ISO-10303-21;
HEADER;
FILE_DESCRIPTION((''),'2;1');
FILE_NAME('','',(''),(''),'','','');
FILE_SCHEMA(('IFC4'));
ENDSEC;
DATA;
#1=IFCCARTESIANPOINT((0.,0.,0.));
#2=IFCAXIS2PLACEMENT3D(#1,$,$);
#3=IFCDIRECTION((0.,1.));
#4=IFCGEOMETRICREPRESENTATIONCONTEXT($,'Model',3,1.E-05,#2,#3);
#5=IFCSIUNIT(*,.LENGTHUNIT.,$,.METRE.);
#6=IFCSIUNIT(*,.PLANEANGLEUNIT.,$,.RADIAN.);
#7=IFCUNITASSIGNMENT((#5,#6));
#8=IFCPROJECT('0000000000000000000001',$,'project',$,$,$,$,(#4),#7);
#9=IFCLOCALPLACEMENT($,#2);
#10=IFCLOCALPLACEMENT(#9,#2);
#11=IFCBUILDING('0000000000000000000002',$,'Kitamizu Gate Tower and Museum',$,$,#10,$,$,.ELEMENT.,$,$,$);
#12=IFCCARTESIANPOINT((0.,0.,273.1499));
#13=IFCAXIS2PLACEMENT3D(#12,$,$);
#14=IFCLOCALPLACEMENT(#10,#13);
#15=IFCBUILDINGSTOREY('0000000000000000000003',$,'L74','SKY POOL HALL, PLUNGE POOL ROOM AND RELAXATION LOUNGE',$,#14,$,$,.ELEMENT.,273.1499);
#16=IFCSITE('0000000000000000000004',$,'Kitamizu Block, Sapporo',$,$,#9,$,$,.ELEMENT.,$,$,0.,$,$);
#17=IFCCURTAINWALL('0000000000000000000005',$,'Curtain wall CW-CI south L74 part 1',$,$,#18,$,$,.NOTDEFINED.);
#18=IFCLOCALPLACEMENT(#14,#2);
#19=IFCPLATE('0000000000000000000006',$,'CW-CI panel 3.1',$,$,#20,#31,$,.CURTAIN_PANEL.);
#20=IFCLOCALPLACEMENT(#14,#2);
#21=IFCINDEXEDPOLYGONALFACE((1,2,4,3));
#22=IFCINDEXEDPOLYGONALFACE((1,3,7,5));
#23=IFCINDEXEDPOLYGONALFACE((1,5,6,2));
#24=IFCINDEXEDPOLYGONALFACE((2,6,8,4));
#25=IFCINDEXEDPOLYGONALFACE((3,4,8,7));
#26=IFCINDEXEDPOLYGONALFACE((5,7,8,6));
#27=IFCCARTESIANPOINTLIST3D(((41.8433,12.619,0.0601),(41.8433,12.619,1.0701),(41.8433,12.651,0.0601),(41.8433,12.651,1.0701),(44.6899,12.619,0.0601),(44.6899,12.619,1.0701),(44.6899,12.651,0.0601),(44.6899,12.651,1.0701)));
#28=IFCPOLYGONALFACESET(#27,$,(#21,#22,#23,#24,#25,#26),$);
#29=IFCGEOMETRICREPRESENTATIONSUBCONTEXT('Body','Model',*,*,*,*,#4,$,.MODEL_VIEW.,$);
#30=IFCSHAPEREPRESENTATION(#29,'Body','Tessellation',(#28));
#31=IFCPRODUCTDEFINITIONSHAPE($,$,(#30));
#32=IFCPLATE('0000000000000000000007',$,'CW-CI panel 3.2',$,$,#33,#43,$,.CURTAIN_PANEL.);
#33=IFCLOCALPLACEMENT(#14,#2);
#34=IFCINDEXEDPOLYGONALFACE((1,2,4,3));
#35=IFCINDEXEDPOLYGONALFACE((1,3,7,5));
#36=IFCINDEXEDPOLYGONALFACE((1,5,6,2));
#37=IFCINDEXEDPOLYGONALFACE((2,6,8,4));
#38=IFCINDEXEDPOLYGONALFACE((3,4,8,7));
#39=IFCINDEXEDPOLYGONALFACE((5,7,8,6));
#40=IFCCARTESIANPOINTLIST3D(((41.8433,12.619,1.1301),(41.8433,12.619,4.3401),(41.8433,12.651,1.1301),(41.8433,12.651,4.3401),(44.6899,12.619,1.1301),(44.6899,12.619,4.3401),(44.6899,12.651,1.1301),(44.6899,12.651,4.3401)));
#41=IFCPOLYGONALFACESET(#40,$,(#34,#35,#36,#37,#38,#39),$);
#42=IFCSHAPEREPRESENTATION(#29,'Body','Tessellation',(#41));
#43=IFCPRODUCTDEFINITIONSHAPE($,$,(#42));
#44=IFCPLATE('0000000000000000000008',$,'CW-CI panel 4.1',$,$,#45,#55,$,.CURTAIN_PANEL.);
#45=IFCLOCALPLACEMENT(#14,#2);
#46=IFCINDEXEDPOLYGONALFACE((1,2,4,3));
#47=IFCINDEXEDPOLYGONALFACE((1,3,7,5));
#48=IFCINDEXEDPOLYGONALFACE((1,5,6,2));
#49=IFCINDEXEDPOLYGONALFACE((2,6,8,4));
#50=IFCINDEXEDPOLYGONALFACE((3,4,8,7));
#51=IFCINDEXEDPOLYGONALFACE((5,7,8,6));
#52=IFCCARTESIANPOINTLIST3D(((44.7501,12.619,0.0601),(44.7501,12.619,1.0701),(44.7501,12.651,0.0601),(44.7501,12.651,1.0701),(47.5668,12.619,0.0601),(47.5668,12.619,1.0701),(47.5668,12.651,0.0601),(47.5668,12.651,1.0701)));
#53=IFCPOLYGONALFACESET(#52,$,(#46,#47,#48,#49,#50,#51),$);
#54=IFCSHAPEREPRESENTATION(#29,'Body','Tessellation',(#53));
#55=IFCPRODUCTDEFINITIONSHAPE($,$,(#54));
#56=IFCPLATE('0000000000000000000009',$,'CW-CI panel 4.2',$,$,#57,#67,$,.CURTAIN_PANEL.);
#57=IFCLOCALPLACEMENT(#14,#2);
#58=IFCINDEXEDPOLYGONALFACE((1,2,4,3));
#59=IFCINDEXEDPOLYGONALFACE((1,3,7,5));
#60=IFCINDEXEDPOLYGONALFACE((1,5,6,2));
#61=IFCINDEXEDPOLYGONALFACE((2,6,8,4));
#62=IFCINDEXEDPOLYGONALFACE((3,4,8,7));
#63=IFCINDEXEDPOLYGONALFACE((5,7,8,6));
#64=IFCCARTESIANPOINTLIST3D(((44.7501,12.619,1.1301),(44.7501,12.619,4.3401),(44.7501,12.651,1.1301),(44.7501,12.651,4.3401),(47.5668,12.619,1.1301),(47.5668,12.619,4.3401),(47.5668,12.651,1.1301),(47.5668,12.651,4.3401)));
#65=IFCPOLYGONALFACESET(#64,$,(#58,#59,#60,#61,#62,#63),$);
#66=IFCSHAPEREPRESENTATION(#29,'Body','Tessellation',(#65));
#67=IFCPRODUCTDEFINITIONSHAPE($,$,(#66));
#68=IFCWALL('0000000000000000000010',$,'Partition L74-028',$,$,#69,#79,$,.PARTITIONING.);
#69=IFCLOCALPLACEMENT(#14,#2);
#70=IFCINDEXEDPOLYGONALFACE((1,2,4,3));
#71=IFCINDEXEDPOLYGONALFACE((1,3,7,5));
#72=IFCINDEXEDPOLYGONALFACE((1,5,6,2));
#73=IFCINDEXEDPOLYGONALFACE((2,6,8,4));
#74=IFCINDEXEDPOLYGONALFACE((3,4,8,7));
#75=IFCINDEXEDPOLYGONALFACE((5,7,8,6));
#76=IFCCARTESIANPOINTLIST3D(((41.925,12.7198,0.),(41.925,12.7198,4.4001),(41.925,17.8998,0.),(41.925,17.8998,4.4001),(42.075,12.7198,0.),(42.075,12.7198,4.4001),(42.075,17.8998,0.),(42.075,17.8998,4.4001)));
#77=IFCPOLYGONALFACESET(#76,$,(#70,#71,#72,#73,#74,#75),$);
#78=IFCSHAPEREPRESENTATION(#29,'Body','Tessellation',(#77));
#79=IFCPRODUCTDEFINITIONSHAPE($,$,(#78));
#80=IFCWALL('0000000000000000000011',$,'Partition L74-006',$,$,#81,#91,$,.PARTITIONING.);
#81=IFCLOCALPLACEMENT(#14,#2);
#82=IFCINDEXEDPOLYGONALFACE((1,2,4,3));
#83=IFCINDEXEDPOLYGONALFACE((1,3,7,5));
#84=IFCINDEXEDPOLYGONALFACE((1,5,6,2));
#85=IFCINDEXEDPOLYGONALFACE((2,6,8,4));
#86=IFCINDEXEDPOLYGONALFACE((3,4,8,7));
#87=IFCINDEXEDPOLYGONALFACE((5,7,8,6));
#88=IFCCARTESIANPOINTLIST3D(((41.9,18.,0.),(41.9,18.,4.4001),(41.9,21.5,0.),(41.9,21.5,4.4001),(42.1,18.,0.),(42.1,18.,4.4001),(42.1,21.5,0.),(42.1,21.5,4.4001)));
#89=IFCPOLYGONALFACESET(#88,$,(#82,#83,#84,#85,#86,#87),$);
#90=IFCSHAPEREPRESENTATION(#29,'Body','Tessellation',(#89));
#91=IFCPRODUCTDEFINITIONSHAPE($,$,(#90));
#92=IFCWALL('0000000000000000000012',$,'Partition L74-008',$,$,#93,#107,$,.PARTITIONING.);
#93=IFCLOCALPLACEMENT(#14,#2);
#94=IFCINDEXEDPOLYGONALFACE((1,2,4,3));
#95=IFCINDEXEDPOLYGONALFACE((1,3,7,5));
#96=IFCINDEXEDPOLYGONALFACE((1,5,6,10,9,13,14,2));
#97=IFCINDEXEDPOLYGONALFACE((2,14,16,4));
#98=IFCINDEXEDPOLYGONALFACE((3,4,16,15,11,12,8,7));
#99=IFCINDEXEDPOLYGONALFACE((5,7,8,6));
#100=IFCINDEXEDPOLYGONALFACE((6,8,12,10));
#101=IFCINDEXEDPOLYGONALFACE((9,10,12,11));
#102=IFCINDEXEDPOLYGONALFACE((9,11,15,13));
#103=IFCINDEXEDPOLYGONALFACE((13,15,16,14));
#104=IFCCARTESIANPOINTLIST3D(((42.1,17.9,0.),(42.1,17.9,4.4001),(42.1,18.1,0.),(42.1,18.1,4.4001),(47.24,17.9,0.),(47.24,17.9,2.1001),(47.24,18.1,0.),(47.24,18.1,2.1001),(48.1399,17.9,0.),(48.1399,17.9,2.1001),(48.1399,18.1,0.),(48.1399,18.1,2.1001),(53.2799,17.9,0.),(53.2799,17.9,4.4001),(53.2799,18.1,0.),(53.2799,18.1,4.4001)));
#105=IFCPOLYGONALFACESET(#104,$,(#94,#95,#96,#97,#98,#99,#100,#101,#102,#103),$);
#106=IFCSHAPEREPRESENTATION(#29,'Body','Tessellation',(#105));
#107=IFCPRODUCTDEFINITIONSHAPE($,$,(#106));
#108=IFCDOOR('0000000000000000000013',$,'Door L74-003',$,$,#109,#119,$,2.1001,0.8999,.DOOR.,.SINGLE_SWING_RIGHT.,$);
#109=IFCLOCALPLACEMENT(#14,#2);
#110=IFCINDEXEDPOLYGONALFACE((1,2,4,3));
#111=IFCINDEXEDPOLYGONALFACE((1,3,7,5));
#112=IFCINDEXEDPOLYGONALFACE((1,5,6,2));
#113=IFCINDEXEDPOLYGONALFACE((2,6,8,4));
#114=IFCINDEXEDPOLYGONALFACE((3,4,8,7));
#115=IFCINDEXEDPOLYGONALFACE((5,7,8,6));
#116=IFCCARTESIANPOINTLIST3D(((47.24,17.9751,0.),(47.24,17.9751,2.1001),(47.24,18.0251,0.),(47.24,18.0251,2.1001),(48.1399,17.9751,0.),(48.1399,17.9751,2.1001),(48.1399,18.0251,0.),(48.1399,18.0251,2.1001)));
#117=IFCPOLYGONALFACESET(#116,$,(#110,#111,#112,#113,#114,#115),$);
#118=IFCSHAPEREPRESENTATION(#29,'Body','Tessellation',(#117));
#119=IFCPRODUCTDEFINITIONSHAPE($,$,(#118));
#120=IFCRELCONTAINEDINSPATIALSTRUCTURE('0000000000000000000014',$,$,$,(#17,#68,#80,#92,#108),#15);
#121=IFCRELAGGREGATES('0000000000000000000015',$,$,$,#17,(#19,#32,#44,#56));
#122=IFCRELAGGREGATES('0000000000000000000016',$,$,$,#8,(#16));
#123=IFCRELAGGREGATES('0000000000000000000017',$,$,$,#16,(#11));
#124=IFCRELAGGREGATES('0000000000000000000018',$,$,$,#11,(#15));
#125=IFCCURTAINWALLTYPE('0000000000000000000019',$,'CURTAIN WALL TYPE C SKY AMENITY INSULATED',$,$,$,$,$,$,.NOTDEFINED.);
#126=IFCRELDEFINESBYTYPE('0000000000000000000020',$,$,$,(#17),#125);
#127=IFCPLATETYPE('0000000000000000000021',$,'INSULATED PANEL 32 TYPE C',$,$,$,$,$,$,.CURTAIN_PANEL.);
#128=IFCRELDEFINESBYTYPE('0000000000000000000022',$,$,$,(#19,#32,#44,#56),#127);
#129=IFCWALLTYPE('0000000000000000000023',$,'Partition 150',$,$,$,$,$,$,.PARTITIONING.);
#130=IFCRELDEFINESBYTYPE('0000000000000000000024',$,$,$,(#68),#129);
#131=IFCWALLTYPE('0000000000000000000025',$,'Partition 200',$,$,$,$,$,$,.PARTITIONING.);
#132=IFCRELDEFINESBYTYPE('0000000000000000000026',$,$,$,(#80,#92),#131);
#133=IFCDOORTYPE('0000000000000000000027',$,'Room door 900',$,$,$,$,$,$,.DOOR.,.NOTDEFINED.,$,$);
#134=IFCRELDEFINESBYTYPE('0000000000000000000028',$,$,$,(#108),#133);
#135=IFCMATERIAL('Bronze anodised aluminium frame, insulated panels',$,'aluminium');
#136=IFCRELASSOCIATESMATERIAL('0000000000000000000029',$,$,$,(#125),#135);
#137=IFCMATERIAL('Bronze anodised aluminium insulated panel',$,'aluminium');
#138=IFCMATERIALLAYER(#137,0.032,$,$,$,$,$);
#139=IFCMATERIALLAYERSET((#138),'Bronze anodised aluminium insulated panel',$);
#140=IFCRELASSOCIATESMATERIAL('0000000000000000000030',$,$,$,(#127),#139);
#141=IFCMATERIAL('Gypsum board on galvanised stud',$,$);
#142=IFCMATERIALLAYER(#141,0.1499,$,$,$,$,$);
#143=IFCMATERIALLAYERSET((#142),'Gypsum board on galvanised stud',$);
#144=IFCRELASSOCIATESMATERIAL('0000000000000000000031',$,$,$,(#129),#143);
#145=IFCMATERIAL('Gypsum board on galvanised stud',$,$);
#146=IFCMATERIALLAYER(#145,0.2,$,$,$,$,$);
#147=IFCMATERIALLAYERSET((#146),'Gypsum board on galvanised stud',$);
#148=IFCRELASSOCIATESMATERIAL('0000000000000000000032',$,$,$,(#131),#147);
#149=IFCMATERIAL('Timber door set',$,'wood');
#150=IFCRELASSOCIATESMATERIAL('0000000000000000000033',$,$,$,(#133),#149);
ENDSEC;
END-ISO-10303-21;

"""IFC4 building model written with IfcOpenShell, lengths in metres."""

from ifc_helpers import new_model, si_unit, direction, frame, frame_2d, origin, origin_2d, place, context, subcontext, project, spatial, rectangle, extrude, material, layer, layer_set, type_object, element, fill, aggregate, save


model = new_model("IFC4")

# Units and contexts
model_context = context("Model", 3, precision=1e-05, world=origin(), true_north=direction((0.0, 1.0)))
body_context = subcontext(model_context, "Body", "Model", "MODEL_VIEW")
ifc_project = project(units=[si_unit("LENGTHUNIT", "METRE"), si_unit("PLANEANGLEUNIT", "RADIAN")], contexts=[model_context])

# Site, building, storey
site_placement = place(None, origin())
site = spatial("IfcSite", under=ifc_project, at=site_placement, Name="Kitamizu Block, Sapporo", CompositionType="ELEMENT", RefElevation=0.0)
building_placement = place(site_placement, origin())
building = spatial("IfcBuilding", under=site, at=building_placement, Name="Kitamizu Gate Tower and Museum", CompositionType="ELEMENT")
storey_placement = place(building_placement, frame((0.0, 0.0, 273.1499)))
storey = spatial("IfcBuildingStorey", under=building, at=storey_placement, Name="L74", Description="SKY POOL HALL, PLUNGE POOL ROOM AND RELAXATION LOUNGE", CompositionType="ELEMENT", Elevation=273.1499)

# Curtain wall
ifc_material_1 = material(Name="Bronze anodised aluminium frame, insulated panels", Category="aluminium")
curtain_wall_type_1 = type_object("IfcCurtainWallType", Name="CURTAIN WALL TYPE C SKY AMENITY INSULATED", PredefinedType="NOTDEFINED", material=ifc_material_1)
curtain_wall_1_placement = place(storey_placement, origin())
curtain_wall_1 = element("IfcCurtainWall", 1, at=curtain_wall_1_placement, inside=storey, type_object=curtain_wall_type_1, Name="Curtain wall CW-CI south L74 part 1", PredefinedType="NOTDEFINED")

# Plates
ifc_material_2 = material(Name="Bronze anodised aluminium insulated panel", Category="aluminium")
ifc_layer_1 = layer(ifc_material_2, 0.032)
ifc_layer_set_1 = layer_set([ifc_layer_1], Name="Bronze anodised aluminium insulated panel")
plate_type = type_object("IfcPlateType", Name="INSULATED PANEL 32 TYPE C", PredefinedType="CURTAIN_PANEL", material=ifc_layer_set_1)
plate_1_placement = place(storey_placement, frame((43.2666, 12.635, 0.0601), z_axis=(0.0, 0.0, 1.0), x_axis=(1.0, 0.0, 0.0)))
plate_1 = element("IfcPlate", 2, at=plate_1_placement, type_object=plate_type, Name="CW-CI panel 3.1", PredefinedType="CURTAIN_PANEL", context=body_context, shape_type="SweptSolid", body=[
    extrude(rectangle(XDim=2.8467, YDim=0.032, at=origin_2d()), origin(), (0.0, 0.0, 1.0), 1.01),
])
plate_2_placement = place(storey_placement, frame((43.2666, 12.635, 1.1301), z_axis=(0.0, 0.0, 1.0), x_axis=(1.0, 0.0, 0.0)))
plate_2 = element("IfcPlate", 3, at=plate_2_placement, type_object=plate_type, Name="CW-CI panel 3.2", PredefinedType="CURTAIN_PANEL", context=body_context, shape_type="SweptSolid", body=[
    extrude(rectangle(XDim=2.8467, YDim=0.032, at=origin_2d()), origin(), (0.0, 0.0, 1.0), 3.21),
])
plate_3_placement = place(storey_placement, frame((46.1584, 12.635, 0.0601), z_axis=(0.0, 0.0, 1.0), x_axis=(1.0, 0.0, 0.0)))
plate_3 = element("IfcPlate", 4, at=plate_3_placement, type_object=plate_type, Name="CW-CI panel 4.1", PredefinedType="CURTAIN_PANEL", context=body_context, shape_type="SweptSolid", body=[
    extrude(rectangle(XDim=2.8167, YDim=0.032, at=origin_2d()), origin(), (0.0, 0.0, 1.0), 1.01),
])
plate_4_placement = place(storey_placement, frame((46.1584, 12.635, 1.1301), z_axis=(0.0, 0.0, 1.0), x_axis=(1.0, 0.0, 0.0)))
plate_4 = element("IfcPlate", 5, at=plate_4_placement, type_object=plate_type, Name="CW-CI panel 4.2", PredefinedType="CURTAIN_PANEL", context=body_context, shape_type="SweptSolid", body=[
    extrude(rectangle(XDim=2.8167, YDim=0.032, at=origin_2d()), origin(), (0.0, 0.0, 1.0), 3.21),
])
aggregate(curtain_wall_1, [plate_1, plate_2, plate_3, plate_4])

# Walls
ifc_material_3 = material(Name="Gypsum board on galvanised stud")
ifc_layer_2 = layer(ifc_material_3, 0.1499)
ifc_layer_set_2 = layer_set([ifc_layer_2], Name="Gypsum board on galvanised stud")
wall_type_1 = type_object("IfcWallType", Name="Partition 150", PredefinedType="PARTITIONING", material=ifc_layer_set_2)
wall_1_placement = place(storey_placement, frame((42.0, 12.72, 0.0), z_axis=(0.0, 0.0, 1.0), x_axis=(0.0, 1.0, 0.0)))
element("IfcWall", 6, at=wall_1_placement, inside=storey, type_object=wall_type_1, Name="Partition L74-028", PredefinedType="PARTITIONING", context=body_context, shape_type="SweptSolid", body=[
    extrude(rectangle(XDim=5.1799, YDim=0.1499, at=frame_2d((2.5898, 0.0))), origin(), (0.0, 0.0, 1.0), 4.4001),
])
ifc_material_4 = material(Name="Gypsum board on galvanised stud")
ifc_layer_3 = layer(ifc_material_4, 0.2)
ifc_layer_set_3 = layer_set([ifc_layer_3], Name="Gypsum board on galvanised stud")
wall_type_2 = type_object("IfcWallType", Name="Partition 200", PredefinedType="PARTITIONING", material=ifc_layer_set_3)
wall_2_placement = place(storey_placement, frame((42.0, 21.5, 0.0), z_axis=(0.0, 0.0, 1.0), x_axis=(0.0, -1.0, 0.0)))
element("IfcWall", 7, at=wall_2_placement, inside=storey, type_object=wall_type_2, Name="Partition L74-006", PredefinedType="PARTITIONING", context=body_context, shape_type="SweptSolid", body=[
    extrude(rectangle(XDim=3.5, YDim=0.2, at=frame_2d((1.75, 0.0))), origin(), (0.0, 0.0, 1.0), 4.4001),
])

# Wall, opening, door
wall_3_placement = place(storey_placement, frame((42.1001, 18.0, 0.0), z_axis=(0.0, 0.0, 1.0), x_axis=(1.0, 0.0, 0.0)))
wall_3 = element("IfcWall", 8, at=wall_3_placement, inside=storey, type_object=wall_type_2, Name="Partition L74-008", PredefinedType="PARTITIONING", context=body_context, shape_type="SweptSolid", body=[
    extrude(rectangle(XDim=11.1799, YDim=0.2, at=frame_2d((5.5898, 0.0))), origin(), (0.0, 0.0, 1.0), 4.4001),
])
opening_placement = place(wall_3_placement, frame((5.1399, 0.0, 0.0)))
opening = element("IfcOpeningElement", 9, at=opening_placement, cuts=wall_3, PredefinedType="OPENING", context=body_context, shape_type="SweptSolid", body=[
    extrude(rectangle(XDim=0.8999, YDim=2.1001, at=frame_2d((0.45, 1.05))), frame((0.0, 0.1099, 0.0), z_axis=(0.0, -1.0, 0.0), x_axis=(1.0, 0.0, 0.0)), (0.0, 0.0, 1.0), 0.22),
])
ifc_material_5 = material(Name="Timber door set", Category="wood")
door_type = type_object("IfcDoorType", Name="Room door 900", OperationType="NOTDEFINED", PredefinedType="DOOR", material=ifc_material_5)
door_placement = place(opening_placement, frame((0.8999, 0.0, 0.0), x_axis=(-1.0, 0.0, 0.0)))
door = element("IfcDoor", 10, at=door_placement, inside=storey, type_object=door_type, Name="Door L74-003", OperationType="SINGLE_SWING_RIGHT", OverallHeight=2.1001, OverallWidth=0.8999, PredefinedType="DOOR", context=body_context, shape_type="SweptSolid", body=[
    extrude(rectangle(XDim=0.8999, YDim=2.1001, at=frame_2d((0.45, 1.05))), frame((0.0, 0.0249, 0.0), z_axis=(0.0, -1.0, 0.0), x_axis=(1.0, 0.0, 0.0)), (0.0, 0.0, 1.0), 0.05),
])
fill(opening, door)

save(model, "model.ifc")
